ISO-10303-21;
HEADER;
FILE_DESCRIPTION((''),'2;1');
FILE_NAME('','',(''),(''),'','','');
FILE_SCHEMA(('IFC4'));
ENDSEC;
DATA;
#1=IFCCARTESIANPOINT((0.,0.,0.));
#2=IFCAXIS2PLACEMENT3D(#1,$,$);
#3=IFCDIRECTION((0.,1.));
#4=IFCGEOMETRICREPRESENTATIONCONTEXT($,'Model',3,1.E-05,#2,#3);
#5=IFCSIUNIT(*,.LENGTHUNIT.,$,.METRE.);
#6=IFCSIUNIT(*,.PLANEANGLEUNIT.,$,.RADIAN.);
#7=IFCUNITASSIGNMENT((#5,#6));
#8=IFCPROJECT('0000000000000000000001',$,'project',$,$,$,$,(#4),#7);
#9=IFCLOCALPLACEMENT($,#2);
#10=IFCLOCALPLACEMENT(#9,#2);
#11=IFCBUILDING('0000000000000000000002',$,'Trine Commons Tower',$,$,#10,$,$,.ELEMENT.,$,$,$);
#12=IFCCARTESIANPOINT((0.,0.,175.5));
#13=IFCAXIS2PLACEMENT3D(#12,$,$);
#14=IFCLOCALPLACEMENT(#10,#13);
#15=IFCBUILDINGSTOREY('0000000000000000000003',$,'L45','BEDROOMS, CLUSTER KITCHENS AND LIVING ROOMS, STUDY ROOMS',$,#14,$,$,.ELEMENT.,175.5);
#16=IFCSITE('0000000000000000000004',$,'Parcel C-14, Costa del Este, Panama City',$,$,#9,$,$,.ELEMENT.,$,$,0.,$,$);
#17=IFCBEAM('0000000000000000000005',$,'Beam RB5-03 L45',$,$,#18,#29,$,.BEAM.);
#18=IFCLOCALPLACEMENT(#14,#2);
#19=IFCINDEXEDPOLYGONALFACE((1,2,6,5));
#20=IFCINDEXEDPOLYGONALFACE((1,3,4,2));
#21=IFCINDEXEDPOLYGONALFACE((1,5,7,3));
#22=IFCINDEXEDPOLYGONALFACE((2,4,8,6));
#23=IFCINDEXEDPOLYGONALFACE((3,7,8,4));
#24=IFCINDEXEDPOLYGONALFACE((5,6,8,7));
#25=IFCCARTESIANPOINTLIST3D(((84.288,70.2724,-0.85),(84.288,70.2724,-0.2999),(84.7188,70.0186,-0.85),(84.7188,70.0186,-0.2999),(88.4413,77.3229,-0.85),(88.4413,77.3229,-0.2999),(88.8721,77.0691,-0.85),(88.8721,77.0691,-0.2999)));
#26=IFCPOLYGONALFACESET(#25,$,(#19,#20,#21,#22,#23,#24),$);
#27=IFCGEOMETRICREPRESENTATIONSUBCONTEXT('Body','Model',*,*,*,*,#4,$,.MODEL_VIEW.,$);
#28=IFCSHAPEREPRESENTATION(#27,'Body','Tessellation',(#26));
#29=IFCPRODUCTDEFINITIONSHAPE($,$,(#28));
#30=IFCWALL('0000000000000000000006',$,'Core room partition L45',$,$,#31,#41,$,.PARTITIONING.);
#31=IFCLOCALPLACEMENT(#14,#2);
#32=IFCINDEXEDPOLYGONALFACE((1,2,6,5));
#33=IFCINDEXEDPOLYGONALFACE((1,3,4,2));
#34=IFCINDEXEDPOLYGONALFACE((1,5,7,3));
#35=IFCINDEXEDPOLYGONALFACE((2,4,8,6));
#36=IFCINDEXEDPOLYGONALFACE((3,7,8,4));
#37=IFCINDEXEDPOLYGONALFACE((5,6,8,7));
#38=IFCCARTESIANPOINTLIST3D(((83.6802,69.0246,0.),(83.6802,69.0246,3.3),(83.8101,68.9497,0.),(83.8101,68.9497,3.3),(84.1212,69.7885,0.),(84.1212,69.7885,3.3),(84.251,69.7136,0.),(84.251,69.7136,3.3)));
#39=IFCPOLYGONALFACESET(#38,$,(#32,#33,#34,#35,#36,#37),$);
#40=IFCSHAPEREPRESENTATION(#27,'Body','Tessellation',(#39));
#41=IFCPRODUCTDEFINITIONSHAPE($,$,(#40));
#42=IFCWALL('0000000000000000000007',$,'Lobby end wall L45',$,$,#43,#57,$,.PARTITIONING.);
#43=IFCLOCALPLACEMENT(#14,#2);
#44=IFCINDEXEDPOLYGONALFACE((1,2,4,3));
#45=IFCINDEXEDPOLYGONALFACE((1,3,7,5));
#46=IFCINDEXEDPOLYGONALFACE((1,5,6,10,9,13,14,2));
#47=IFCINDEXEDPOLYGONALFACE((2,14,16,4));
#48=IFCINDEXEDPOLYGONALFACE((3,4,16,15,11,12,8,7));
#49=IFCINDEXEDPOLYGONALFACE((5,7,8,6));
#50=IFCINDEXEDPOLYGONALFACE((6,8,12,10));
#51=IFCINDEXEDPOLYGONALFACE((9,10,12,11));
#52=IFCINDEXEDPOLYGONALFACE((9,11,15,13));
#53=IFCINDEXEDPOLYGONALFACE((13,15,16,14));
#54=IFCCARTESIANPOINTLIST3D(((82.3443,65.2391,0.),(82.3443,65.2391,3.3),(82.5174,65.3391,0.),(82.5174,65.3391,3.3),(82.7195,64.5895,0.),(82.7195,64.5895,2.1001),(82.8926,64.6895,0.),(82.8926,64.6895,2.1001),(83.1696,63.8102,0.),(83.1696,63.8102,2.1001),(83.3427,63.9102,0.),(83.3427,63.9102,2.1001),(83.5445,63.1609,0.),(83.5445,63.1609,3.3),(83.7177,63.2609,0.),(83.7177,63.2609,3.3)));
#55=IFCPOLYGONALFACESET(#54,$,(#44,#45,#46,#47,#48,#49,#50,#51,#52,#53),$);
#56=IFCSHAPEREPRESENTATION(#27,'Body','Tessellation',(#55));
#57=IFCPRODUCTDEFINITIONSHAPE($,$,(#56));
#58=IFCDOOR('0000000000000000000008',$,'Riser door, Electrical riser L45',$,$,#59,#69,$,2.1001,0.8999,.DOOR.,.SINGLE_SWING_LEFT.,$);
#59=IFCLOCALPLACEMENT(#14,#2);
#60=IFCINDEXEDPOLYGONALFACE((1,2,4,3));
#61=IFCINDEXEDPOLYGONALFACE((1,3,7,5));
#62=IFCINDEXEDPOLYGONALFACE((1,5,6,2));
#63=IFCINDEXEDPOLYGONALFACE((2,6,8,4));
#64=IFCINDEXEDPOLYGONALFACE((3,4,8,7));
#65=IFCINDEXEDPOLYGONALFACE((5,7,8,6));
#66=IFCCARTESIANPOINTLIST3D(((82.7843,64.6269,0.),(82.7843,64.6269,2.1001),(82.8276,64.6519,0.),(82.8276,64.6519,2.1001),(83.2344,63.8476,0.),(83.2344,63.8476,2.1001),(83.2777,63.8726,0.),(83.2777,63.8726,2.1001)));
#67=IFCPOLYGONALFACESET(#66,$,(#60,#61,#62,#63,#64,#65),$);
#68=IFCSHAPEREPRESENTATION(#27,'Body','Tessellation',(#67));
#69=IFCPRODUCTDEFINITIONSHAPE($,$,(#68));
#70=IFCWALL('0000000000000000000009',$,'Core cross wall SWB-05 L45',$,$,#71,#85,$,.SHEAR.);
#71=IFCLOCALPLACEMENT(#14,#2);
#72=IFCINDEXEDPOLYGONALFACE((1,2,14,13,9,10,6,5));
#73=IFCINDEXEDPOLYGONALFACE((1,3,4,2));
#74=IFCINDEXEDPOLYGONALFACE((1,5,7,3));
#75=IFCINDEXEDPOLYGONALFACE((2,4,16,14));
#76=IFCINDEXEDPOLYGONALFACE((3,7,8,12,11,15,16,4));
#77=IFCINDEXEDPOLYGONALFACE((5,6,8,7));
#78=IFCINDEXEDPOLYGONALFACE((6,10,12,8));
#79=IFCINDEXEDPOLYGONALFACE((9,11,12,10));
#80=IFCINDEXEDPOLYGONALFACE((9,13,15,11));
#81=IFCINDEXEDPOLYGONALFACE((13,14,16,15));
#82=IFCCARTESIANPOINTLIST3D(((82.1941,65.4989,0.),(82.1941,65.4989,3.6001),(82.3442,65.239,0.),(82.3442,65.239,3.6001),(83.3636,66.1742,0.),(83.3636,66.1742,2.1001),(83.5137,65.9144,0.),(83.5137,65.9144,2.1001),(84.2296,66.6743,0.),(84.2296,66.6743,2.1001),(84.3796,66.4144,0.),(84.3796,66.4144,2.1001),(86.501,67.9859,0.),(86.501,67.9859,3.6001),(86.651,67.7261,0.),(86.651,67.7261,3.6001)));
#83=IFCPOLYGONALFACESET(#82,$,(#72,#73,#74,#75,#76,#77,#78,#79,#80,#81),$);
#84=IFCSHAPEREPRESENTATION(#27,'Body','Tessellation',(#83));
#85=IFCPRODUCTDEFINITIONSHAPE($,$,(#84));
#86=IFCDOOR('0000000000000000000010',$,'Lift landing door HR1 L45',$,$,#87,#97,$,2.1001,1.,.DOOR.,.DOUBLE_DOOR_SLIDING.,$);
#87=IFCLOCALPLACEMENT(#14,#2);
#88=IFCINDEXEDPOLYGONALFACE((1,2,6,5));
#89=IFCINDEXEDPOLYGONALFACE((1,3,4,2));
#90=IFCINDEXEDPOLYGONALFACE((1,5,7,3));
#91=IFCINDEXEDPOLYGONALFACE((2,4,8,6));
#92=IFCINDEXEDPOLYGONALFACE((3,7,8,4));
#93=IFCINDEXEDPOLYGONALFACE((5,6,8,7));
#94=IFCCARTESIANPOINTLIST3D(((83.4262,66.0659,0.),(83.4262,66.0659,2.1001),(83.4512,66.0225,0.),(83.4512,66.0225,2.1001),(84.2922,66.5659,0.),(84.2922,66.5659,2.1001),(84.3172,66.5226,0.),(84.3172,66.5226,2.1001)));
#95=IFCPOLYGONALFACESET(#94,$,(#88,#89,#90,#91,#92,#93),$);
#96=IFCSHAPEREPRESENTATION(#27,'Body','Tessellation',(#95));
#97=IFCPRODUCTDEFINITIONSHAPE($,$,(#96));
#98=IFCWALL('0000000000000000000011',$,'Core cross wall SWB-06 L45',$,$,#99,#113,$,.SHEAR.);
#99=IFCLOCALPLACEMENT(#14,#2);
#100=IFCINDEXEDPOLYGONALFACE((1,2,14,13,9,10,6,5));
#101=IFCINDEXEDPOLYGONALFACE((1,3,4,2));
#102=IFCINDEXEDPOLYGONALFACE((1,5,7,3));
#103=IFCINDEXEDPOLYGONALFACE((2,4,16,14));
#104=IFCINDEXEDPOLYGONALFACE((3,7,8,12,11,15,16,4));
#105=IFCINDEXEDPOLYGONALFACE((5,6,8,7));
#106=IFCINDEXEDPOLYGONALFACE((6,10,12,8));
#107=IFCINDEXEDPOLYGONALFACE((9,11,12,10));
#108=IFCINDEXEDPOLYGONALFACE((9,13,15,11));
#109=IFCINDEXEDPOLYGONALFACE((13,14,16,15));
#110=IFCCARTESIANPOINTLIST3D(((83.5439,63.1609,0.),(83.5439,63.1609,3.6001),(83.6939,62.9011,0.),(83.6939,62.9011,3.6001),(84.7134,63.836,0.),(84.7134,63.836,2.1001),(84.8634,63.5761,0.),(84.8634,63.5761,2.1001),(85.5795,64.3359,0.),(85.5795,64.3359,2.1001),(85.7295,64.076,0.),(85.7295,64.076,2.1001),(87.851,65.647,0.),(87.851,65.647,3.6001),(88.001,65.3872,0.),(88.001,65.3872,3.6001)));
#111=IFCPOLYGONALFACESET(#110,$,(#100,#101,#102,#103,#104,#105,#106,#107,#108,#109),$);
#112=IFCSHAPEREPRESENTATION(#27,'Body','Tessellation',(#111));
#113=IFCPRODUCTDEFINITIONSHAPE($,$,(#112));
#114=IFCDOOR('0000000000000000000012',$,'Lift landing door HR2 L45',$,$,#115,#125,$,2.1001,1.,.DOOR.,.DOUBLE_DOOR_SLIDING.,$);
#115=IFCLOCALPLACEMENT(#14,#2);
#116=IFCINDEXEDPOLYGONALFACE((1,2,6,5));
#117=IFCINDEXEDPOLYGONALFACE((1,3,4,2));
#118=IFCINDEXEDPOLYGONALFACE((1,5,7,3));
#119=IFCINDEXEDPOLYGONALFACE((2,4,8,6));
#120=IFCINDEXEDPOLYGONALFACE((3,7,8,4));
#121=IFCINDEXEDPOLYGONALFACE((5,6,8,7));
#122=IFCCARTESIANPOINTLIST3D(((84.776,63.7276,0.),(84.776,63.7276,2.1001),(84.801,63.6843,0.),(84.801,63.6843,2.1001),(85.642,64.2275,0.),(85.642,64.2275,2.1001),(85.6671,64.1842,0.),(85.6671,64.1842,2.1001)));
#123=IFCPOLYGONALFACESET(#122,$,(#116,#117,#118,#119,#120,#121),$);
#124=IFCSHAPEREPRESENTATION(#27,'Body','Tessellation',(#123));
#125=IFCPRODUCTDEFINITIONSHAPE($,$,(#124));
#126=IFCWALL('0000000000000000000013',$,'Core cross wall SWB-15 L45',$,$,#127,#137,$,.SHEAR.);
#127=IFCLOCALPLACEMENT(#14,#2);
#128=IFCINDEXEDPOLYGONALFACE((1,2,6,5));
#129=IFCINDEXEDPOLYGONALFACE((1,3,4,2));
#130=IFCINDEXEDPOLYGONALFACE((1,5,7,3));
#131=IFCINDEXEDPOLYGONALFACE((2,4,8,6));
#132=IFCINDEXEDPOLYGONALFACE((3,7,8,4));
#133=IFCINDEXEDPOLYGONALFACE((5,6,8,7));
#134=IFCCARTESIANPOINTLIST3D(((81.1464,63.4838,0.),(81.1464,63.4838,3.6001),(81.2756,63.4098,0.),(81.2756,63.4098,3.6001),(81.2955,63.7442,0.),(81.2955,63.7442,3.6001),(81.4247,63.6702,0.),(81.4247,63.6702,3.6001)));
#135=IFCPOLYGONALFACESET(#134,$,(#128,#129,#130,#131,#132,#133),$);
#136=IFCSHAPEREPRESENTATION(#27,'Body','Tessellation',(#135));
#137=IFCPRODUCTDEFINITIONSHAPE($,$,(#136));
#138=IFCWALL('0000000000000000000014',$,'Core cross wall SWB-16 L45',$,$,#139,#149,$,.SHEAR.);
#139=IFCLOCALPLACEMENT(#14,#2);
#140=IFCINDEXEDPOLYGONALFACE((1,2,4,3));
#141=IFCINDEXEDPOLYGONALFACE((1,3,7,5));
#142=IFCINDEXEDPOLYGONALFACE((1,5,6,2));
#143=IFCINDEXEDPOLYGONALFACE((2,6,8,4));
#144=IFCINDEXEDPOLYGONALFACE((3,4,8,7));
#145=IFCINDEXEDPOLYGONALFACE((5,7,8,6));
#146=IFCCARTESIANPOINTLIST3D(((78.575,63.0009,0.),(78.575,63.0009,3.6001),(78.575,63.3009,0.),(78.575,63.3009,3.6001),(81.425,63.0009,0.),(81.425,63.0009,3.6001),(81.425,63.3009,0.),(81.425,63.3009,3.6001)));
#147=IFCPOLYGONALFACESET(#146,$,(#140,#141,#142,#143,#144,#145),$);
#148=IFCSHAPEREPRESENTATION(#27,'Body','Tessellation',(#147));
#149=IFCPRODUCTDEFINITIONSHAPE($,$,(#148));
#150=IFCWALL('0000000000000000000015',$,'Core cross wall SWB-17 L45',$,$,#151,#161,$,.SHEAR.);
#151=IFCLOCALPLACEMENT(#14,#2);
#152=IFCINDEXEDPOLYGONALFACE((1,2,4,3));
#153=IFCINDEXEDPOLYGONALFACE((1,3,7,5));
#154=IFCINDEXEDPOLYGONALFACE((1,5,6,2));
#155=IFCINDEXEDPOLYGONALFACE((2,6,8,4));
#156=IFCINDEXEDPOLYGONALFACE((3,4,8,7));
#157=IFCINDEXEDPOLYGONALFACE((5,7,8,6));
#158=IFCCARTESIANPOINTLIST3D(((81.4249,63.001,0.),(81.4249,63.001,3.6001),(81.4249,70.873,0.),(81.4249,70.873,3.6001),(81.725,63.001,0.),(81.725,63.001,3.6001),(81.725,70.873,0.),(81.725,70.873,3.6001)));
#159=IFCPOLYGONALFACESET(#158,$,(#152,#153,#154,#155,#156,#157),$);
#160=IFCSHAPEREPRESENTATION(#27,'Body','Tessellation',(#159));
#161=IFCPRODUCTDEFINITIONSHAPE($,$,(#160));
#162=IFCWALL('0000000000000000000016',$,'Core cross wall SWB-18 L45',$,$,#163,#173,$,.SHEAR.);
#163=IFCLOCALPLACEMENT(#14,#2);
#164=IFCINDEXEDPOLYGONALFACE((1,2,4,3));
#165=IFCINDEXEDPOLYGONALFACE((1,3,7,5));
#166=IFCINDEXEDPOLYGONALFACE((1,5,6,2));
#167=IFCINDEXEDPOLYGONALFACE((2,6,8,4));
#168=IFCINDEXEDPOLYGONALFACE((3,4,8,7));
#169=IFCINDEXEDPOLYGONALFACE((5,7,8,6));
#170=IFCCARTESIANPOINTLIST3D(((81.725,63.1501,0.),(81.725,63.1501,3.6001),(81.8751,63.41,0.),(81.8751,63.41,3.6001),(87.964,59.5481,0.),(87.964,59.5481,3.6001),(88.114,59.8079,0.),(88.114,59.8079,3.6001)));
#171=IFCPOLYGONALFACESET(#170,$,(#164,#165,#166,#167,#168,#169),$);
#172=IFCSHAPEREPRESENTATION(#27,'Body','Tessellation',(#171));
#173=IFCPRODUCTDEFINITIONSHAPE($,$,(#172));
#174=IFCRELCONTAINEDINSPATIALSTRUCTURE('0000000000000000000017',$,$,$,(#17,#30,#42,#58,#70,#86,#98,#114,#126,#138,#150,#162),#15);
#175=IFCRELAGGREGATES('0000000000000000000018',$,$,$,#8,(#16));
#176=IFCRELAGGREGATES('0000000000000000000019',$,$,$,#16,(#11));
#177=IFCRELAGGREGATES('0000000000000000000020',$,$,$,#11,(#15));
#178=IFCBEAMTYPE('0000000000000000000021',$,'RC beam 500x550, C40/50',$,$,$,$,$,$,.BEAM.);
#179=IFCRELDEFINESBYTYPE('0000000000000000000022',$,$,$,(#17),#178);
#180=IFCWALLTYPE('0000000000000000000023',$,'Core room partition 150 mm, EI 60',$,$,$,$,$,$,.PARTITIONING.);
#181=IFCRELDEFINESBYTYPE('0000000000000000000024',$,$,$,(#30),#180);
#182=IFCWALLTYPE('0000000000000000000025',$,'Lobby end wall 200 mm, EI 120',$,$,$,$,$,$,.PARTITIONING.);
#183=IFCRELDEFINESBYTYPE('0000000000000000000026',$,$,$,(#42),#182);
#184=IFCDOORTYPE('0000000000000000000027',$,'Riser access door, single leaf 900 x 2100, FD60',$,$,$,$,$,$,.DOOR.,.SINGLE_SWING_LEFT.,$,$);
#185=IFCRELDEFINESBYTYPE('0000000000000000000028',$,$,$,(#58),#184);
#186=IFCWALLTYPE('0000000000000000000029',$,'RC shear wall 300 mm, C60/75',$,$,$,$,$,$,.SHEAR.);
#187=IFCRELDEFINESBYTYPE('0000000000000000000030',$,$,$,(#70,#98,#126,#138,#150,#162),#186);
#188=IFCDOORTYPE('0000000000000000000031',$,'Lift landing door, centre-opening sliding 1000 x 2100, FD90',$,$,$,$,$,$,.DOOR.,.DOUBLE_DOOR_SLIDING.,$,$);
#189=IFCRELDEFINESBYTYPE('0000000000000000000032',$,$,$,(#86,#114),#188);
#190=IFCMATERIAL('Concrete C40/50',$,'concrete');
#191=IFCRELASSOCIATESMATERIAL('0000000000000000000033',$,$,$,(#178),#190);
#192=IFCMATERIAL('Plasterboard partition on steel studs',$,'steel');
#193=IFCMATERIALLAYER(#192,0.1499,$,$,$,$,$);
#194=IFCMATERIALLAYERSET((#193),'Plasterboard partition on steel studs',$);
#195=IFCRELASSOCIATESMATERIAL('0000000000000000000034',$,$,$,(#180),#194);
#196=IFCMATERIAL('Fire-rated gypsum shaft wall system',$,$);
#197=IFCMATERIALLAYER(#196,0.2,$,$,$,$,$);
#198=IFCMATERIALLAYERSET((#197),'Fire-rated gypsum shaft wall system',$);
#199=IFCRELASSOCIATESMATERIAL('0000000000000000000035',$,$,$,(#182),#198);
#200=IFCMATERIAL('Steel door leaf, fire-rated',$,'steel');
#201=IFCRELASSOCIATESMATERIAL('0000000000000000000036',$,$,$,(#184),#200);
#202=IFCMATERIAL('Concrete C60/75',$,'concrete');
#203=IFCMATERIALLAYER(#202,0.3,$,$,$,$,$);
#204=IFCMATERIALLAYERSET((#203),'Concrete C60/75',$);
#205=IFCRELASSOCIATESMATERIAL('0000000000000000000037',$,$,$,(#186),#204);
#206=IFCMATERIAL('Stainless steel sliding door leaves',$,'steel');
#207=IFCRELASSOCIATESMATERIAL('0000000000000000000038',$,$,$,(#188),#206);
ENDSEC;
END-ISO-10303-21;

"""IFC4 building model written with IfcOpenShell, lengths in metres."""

from ifc_helpers import new_model, si_unit, direction, frame, frame_2d, origin, origin_2d, place, context, subcontext, project, spatial, rectangle, extrude, material, layer, layer_set, material_profile, profile_set, type_object, element, fill, save


model = new_model("IFC4")

# Units and contexts
model_context = context("Model", 3, precision=1e-05, world=origin(), true_north=direction((0.0, 1.0)))
body_context = subcontext(model_context, "Body", "Model", "MODEL_VIEW")
ifc_project = project(units=[si_unit("LENGTHUNIT", "METRE"), si_unit("PLANEANGLEUNIT", "RADIAN")], contexts=[model_context])

# Site, building, storey
site_placement = place(None, origin())
site = spatial("IfcSite", under=ifc_project, at=site_placement, Name="Parcel C-14, Costa del Este, Panama City", CompositionType="ELEMENT", RefElevation=0.0)
building_placement = place(site_placement, origin())
building = spatial("IfcBuilding", under=site, at=building_placement, Name="Trine Commons Tower", CompositionType="ELEMENT")
storey_placement = place(building_placement, frame((0.0, 0.0, 175.5)))
storey = spatial("IfcBuildingStorey", under=building, at=storey_placement, Name="L45", Description="BEDROOMS, CLUSTER KITCHENS AND LIVING ROOMS, STUDY ROOMS", CompositionType="ELEMENT", Elevation=175.5)

# Beam
ifc_material_1 = material(Name="Concrete C40/50", Category="concrete")
ifc_material_profile = material_profile(ifc_material_1, rectangle(XDim=0.5, YDim=0.55, at=origin_2d()), Name="RC 500x550")
ifc_profile_set = profile_set([ifc_material_profile], Name="Concrete C40/50")
beam_type = type_object("IfcBeamType", Name="RC beam 500x550, C40/50", PredefinedType="BEAM", material=ifc_profile_set)
beam_placement = place(storey_placement, frame((84.5034, 70.1455, -0.575), z_axis=(0.50756, 0.861617, 0.0), x_axis=(-0.861617, 0.50756, 0.0)))
element("IfcBeam", 1, at=beam_placement, inside=storey, type_object=beam_type, Name="Beam RB5-03 L45", PredefinedType="BEAM", context=body_context, shape_type="SweptSolid", body=[
    extrude(rectangle(XDim=0.5, YDim=0.55, at=origin_2d()), origin(), (0.0, 0.0, 1.0), 8.1829),
])

# Wall
ifc_material_2 = material(Name="Plasterboard partition on steel studs", Category="steel")
ifc_layer_1 = layer(ifc_material_2, 0.1499)
ifc_layer_set_1 = layer_set([ifc_layer_1], Name="Plasterboard partition on steel studs")
wall_type_1 = type_object("IfcWallType", Name="Core room partition 150 mm, EI 60", PredefinedType="PARTITIONING", material=ifc_layer_set_1)
wall_1_placement = place(storey_placement, frame((84.186, 69.751, 0.0), z_axis=(0.0, 0.0, 1.0), x_axis=(-0.49989, -0.866089, 0.0)))
element("IfcWall", 2, at=wall_1_placement, inside=storey, type_object=wall_type_1, Name="Core room partition L45", PredefinedType="PARTITIONING", context=body_context, shape_type="SweptSolid", body=[
    extrude(rectangle(XDim=0.8821, YDim=0.1499, at=frame_2d((0.4409, 0.0))), origin(), (0.0, 0.0, 1.0), 3.3),
])

# Walls, openings, doors
ifc_material_3 = material(Name="Fire-rated gypsum shaft wall system")
ifc_layer_2 = layer(ifc_material_3, 0.2)
ifc_layer_set_2 = layer_set([ifc_layer_2], Name="Fire-rated gypsum shaft wall system")
wall_type_2 = type_object("IfcWallType", Name="Lobby end wall 200 mm, EI 120", PredefinedType="PARTITIONING", material=ifc_layer_set_2)
wall_2_placement = place(storey_placement, frame((83.6311, 63.2109, 0.0), z_axis=(0.0, 0.0, 1.0), x_axis=(-0.500122, 0.865955, 0.0)))
wall_2 = element("IfcWall", 3, at=wall_2_placement, inside=storey, type_object=wall_type_2, Name="Lobby end wall L45", PredefinedType="PARTITIONING", context=body_context, shape_type="SweptSolid", body=[
    extrude(rectangle(XDim=2.3999, YDim=0.2, at=frame_2d((1.2, 0.0))), origin(), (0.0, 0.0, 1.0), 3.3),
])
opening_1_placement = place(wall_2_placement, frame((0.7498, 0.0, 0.0)))
opening_1 = element("IfcOpeningElement", 4, at=opening_1_placement, cuts=wall_2, PredefinedType="OPENING", context=body_context, shape_type="SweptSolid", body=[
    extrude(rectangle(XDim=0.8999, YDim=2.1001, at=frame_2d((0.45, 1.05))), frame((0.0, 0.1099, 0.0), z_axis=(0.0, -1.0, 0.0), x_axis=(1.0, 0.0, 0.0)), (0.0, 0.0, 1.0), 0.22),
])
ifc_material_4 = material(Name="Steel door leaf, fire-rated", Category="steel")
door_type_1 = type_object("IfcDoorType", Name="Riser access door, single leaf 900 x 2100, FD60", OperationType="SINGLE_SWING_LEFT", PredefinedType="DOOR", material=ifc_material_4)
door_1_placement = place(opening_1_placement, frame((0.8999, 0.0, 0.0), z_axis=(0.0, 0.0, 1.0), x_axis=(-1.0, 0.0, 0.0)))
door_1 = element("IfcDoor", 5, at=door_1_placement, inside=storey, type_object=door_type_1, Name="Riser door, Electrical riser L45", OperationType="SINGLE_SWING_LEFT", OverallHeight=2.1001, OverallWidth=0.8999, PredefinedType="DOOR", context=body_context, shape_type="SweptSolid", body=[
    extrude(rectangle(XDim=0.8999, YDim=2.1001, at=frame_2d((0.45, 1.05))), frame((0.0, 0.0249, 0.0), z_axis=(0.0, -1.0, 0.0), x_axis=(1.0, 0.0, 0.0)), (0.0, 0.0, 1.0), 0.05),
])
fill(opening_1, door_1)
ifc_material_5 = material(Name="Concrete C60/75", Category="concrete")
ifc_layer_3 = layer(ifc_material_5, 0.3)
ifc_layer_set_3 = layer_set([ifc_layer_3], Name="Concrete C60/75")
wall_type_3 = type_object("IfcWallType", Name="RC shear wall 300 mm, C60/75", PredefinedType="SHEAR", material=ifc_layer_set_3)
wall_3_placement = place(storey_placement, frame((82.269, 65.3689, 0.0), z_axis=(0.0, 0.0, 1.0), x_axis=(0.865984, 0.500072, 0.0)))
wall_3 = element("IfcWall", 6, at=wall_3_placement, inside=storey, type_object=wall_type_3, Name="Core cross wall SWB-05 L45", PredefinedType="SHEAR", context=body_context, shape_type="SweptSolid", body=[
    extrude(rectangle(XDim=4.9734, YDim=0.3, at=frame_2d((2.4868, 0.0))), origin(), (0.0, 0.0, 1.0), 3.6001),
])
opening_2_placement = place(wall_3_placement, frame((1.3506, 0.0, 0.0)))
opening_2 = element("IfcOpeningElement", 7, at=opening_2_placement, cuts=wall_3, PredefinedType="OPENING", context=body_context, shape_type="SweptSolid", body=[
    extrude(rectangle(XDim=1.0, YDim=2.1001, at=frame_2d((0.5, 1.05))), frame((0.0, 0.1599, 0.0), z_axis=(0.0, -1.0, 0.0), x_axis=(1.0, 0.0, 0.0)), (0.0, 0.0, 1.0), 0.3201),
])
ifc_material_6 = material(Name="Stainless steel sliding door leaves", Category="steel")
door_type_2 = type_object("IfcDoorType", Name="Lift landing door, centre-opening sliding 1000 x 2100, FD90", OperationType="DOUBLE_DOOR_SLIDING", PredefinedType="DOOR", material=ifc_material_6)
door_2_placement = place(opening_2_placement, origin())
door_2 = element("IfcDoor", 8, at=door_2_placement, inside=storey, type_object=door_type_2, Name="Lift landing door HR1 L45", OperationType="DOUBLE_DOOR_SLIDING", OverallHeight=2.1001, OverallWidth=1.0, PredefinedType="DOOR", context=body_context, shape_type="SweptSolid", body=[
    extrude(rectangle(XDim=1.0, YDim=2.1001, at=frame_2d((0.5, 1.05))), frame((0.0, 0.0249, 0.0), z_axis=(0.0, -1.0, 0.0), x_axis=(1.0, 0.0, 0.0)), (0.0, 0.0, 1.0), 0.05),
])
fill(opening_2, door_2)
wall_4_placement = place(storey_placement, frame((83.6189, 63.031, 0.0), z_axis=(0.0, 0.0, 1.0), x_axis=(0.866081, 0.499904, 0.0)))
wall_4 = element("IfcWall", 9, at=wall_4_placement, inside=storey, type_object=wall_type_3, Name="Core cross wall SWB-06 L45", PredefinedType="SHEAR", context=body_context, shape_type="SweptSolid", body=[
    extrude(rectangle(XDim=4.9731, YDim=0.3, at=frame_2d((2.4866, 0.0))), origin(), (0.0, 0.0, 1.0), 3.6001),
])
opening_3_placement = place(wall_4_placement, frame((1.3503, 0.0, 0.0)))
opening_3 = element("IfcOpeningElement", 10, at=opening_3_placement, cuts=wall_4, PredefinedType="OPENING", context=body_context, shape_type="SweptSolid", body=[
    extrude(rectangle(XDim=1.0, YDim=2.1001, at=frame_2d((0.5, 1.05))), frame((0.0, 0.1599, 0.0), z_axis=(0.0, -1.0, 0.0), x_axis=(1.0, 0.0, 0.0)), (0.0, 0.0, 1.0), 0.3201),
])
door_3_placement = place(opening_3_placement, origin())
door_3 = element("IfcDoor", 11, at=door_3_placement, inside=storey, type_object=door_type_2, Name="Lift landing door HR2 L45", OperationType="DOUBLE_DOOR_SLIDING", OverallHeight=2.1001, OverallWidth=1.0, PredefinedType="DOOR", context=body_context, shape_type="SweptSolid", body=[
    extrude(rectangle(XDim=1.0, YDim=2.1001, at=frame_2d((0.5, 1.05))), frame((0.0, 0.0249, 0.0), z_axis=(0.0, -1.0, 0.0), x_axis=(1.0, 0.0, 0.0)), (0.0, 0.0, 1.0), 0.05),
])
fill(opening_3, door_3)

# Walls
wall_5_placement = place(storey_placement, frame((81.2209, 63.614, 0.0), z_axis=(0.0, 0.0, 1.0), x_axis=(0.867738, -0.497022, 0.0)))
element("IfcWall", 12, at=wall_5_placement, inside=storey, type_object=wall_type_3, Name="Core cross wall SWB-15 L45", PredefinedType="SHEAR", context=body_context, shape_type="SweptSolid", body=[
    extrude(rectangle(XDim=0.1489, YDim=0.3, at=frame_2d((0.0745, 0.0))), origin(), (0.0, 0.0, 1.0), 3.6001),
])
wall_6_placement = place(storey_placement, frame((81.425, 63.1509, 0.0), z_axis=(0.0, 0.0, 1.0), x_axis=(-1.0, 0.0, 0.0)))
element("IfcWall", 13, at=wall_6_placement, inside=storey, type_object=wall_type_3, Name="Core cross wall SWB-16 L45", PredefinedType="SHEAR", context=body_context, shape_type="SweptSolid", body=[
    extrude(rectangle(XDim=2.8501, YDim=0.3, at=frame_2d((1.425, 0.0))), origin(), (0.0, 0.0, 1.0), 3.6001),
])
wall_7_placement = place(storey_placement, frame((81.575, 63.001, 0.0), z_axis=(0.0, 0.0, 1.0), x_axis=(0.0, 1.0, 0.0)))
element("IfcWall", 14, at=wall_7_placement, inside=storey, type_object=wall_type_3, Name="Core cross wall SWB-17 L45", PredefinedType="SHEAR", context=body_context, shape_type="SweptSolid", body=[
    extrude(rectangle(XDim=7.8721, YDim=0.3, at=frame_2d((3.936, 0.0))), origin(), (0.0, 0.0, 1.0), 3.6001),
])
wall_8_placement = place(storey_placement, frame((81.8, 63.28, 0.0), z_axis=(0.0, 0.0, 1.0), x_axis=(0.866028, -0.499995, 0.0)))
element("IfcWall", 15, at=wall_8_placement, inside=storey, type_object=wall_type_3, Name="Core cross wall SWB-18 L45", PredefinedType="SHEAR", context=body_context, shape_type="SweptSolid", body=[
    extrude(rectangle(XDim=7.2041, YDim=0.3, at=frame_2d((3.6021, 0.0))), origin(), (0.0, 0.0, 1.0), 3.6001),
])

save(model, "model.ifc")
